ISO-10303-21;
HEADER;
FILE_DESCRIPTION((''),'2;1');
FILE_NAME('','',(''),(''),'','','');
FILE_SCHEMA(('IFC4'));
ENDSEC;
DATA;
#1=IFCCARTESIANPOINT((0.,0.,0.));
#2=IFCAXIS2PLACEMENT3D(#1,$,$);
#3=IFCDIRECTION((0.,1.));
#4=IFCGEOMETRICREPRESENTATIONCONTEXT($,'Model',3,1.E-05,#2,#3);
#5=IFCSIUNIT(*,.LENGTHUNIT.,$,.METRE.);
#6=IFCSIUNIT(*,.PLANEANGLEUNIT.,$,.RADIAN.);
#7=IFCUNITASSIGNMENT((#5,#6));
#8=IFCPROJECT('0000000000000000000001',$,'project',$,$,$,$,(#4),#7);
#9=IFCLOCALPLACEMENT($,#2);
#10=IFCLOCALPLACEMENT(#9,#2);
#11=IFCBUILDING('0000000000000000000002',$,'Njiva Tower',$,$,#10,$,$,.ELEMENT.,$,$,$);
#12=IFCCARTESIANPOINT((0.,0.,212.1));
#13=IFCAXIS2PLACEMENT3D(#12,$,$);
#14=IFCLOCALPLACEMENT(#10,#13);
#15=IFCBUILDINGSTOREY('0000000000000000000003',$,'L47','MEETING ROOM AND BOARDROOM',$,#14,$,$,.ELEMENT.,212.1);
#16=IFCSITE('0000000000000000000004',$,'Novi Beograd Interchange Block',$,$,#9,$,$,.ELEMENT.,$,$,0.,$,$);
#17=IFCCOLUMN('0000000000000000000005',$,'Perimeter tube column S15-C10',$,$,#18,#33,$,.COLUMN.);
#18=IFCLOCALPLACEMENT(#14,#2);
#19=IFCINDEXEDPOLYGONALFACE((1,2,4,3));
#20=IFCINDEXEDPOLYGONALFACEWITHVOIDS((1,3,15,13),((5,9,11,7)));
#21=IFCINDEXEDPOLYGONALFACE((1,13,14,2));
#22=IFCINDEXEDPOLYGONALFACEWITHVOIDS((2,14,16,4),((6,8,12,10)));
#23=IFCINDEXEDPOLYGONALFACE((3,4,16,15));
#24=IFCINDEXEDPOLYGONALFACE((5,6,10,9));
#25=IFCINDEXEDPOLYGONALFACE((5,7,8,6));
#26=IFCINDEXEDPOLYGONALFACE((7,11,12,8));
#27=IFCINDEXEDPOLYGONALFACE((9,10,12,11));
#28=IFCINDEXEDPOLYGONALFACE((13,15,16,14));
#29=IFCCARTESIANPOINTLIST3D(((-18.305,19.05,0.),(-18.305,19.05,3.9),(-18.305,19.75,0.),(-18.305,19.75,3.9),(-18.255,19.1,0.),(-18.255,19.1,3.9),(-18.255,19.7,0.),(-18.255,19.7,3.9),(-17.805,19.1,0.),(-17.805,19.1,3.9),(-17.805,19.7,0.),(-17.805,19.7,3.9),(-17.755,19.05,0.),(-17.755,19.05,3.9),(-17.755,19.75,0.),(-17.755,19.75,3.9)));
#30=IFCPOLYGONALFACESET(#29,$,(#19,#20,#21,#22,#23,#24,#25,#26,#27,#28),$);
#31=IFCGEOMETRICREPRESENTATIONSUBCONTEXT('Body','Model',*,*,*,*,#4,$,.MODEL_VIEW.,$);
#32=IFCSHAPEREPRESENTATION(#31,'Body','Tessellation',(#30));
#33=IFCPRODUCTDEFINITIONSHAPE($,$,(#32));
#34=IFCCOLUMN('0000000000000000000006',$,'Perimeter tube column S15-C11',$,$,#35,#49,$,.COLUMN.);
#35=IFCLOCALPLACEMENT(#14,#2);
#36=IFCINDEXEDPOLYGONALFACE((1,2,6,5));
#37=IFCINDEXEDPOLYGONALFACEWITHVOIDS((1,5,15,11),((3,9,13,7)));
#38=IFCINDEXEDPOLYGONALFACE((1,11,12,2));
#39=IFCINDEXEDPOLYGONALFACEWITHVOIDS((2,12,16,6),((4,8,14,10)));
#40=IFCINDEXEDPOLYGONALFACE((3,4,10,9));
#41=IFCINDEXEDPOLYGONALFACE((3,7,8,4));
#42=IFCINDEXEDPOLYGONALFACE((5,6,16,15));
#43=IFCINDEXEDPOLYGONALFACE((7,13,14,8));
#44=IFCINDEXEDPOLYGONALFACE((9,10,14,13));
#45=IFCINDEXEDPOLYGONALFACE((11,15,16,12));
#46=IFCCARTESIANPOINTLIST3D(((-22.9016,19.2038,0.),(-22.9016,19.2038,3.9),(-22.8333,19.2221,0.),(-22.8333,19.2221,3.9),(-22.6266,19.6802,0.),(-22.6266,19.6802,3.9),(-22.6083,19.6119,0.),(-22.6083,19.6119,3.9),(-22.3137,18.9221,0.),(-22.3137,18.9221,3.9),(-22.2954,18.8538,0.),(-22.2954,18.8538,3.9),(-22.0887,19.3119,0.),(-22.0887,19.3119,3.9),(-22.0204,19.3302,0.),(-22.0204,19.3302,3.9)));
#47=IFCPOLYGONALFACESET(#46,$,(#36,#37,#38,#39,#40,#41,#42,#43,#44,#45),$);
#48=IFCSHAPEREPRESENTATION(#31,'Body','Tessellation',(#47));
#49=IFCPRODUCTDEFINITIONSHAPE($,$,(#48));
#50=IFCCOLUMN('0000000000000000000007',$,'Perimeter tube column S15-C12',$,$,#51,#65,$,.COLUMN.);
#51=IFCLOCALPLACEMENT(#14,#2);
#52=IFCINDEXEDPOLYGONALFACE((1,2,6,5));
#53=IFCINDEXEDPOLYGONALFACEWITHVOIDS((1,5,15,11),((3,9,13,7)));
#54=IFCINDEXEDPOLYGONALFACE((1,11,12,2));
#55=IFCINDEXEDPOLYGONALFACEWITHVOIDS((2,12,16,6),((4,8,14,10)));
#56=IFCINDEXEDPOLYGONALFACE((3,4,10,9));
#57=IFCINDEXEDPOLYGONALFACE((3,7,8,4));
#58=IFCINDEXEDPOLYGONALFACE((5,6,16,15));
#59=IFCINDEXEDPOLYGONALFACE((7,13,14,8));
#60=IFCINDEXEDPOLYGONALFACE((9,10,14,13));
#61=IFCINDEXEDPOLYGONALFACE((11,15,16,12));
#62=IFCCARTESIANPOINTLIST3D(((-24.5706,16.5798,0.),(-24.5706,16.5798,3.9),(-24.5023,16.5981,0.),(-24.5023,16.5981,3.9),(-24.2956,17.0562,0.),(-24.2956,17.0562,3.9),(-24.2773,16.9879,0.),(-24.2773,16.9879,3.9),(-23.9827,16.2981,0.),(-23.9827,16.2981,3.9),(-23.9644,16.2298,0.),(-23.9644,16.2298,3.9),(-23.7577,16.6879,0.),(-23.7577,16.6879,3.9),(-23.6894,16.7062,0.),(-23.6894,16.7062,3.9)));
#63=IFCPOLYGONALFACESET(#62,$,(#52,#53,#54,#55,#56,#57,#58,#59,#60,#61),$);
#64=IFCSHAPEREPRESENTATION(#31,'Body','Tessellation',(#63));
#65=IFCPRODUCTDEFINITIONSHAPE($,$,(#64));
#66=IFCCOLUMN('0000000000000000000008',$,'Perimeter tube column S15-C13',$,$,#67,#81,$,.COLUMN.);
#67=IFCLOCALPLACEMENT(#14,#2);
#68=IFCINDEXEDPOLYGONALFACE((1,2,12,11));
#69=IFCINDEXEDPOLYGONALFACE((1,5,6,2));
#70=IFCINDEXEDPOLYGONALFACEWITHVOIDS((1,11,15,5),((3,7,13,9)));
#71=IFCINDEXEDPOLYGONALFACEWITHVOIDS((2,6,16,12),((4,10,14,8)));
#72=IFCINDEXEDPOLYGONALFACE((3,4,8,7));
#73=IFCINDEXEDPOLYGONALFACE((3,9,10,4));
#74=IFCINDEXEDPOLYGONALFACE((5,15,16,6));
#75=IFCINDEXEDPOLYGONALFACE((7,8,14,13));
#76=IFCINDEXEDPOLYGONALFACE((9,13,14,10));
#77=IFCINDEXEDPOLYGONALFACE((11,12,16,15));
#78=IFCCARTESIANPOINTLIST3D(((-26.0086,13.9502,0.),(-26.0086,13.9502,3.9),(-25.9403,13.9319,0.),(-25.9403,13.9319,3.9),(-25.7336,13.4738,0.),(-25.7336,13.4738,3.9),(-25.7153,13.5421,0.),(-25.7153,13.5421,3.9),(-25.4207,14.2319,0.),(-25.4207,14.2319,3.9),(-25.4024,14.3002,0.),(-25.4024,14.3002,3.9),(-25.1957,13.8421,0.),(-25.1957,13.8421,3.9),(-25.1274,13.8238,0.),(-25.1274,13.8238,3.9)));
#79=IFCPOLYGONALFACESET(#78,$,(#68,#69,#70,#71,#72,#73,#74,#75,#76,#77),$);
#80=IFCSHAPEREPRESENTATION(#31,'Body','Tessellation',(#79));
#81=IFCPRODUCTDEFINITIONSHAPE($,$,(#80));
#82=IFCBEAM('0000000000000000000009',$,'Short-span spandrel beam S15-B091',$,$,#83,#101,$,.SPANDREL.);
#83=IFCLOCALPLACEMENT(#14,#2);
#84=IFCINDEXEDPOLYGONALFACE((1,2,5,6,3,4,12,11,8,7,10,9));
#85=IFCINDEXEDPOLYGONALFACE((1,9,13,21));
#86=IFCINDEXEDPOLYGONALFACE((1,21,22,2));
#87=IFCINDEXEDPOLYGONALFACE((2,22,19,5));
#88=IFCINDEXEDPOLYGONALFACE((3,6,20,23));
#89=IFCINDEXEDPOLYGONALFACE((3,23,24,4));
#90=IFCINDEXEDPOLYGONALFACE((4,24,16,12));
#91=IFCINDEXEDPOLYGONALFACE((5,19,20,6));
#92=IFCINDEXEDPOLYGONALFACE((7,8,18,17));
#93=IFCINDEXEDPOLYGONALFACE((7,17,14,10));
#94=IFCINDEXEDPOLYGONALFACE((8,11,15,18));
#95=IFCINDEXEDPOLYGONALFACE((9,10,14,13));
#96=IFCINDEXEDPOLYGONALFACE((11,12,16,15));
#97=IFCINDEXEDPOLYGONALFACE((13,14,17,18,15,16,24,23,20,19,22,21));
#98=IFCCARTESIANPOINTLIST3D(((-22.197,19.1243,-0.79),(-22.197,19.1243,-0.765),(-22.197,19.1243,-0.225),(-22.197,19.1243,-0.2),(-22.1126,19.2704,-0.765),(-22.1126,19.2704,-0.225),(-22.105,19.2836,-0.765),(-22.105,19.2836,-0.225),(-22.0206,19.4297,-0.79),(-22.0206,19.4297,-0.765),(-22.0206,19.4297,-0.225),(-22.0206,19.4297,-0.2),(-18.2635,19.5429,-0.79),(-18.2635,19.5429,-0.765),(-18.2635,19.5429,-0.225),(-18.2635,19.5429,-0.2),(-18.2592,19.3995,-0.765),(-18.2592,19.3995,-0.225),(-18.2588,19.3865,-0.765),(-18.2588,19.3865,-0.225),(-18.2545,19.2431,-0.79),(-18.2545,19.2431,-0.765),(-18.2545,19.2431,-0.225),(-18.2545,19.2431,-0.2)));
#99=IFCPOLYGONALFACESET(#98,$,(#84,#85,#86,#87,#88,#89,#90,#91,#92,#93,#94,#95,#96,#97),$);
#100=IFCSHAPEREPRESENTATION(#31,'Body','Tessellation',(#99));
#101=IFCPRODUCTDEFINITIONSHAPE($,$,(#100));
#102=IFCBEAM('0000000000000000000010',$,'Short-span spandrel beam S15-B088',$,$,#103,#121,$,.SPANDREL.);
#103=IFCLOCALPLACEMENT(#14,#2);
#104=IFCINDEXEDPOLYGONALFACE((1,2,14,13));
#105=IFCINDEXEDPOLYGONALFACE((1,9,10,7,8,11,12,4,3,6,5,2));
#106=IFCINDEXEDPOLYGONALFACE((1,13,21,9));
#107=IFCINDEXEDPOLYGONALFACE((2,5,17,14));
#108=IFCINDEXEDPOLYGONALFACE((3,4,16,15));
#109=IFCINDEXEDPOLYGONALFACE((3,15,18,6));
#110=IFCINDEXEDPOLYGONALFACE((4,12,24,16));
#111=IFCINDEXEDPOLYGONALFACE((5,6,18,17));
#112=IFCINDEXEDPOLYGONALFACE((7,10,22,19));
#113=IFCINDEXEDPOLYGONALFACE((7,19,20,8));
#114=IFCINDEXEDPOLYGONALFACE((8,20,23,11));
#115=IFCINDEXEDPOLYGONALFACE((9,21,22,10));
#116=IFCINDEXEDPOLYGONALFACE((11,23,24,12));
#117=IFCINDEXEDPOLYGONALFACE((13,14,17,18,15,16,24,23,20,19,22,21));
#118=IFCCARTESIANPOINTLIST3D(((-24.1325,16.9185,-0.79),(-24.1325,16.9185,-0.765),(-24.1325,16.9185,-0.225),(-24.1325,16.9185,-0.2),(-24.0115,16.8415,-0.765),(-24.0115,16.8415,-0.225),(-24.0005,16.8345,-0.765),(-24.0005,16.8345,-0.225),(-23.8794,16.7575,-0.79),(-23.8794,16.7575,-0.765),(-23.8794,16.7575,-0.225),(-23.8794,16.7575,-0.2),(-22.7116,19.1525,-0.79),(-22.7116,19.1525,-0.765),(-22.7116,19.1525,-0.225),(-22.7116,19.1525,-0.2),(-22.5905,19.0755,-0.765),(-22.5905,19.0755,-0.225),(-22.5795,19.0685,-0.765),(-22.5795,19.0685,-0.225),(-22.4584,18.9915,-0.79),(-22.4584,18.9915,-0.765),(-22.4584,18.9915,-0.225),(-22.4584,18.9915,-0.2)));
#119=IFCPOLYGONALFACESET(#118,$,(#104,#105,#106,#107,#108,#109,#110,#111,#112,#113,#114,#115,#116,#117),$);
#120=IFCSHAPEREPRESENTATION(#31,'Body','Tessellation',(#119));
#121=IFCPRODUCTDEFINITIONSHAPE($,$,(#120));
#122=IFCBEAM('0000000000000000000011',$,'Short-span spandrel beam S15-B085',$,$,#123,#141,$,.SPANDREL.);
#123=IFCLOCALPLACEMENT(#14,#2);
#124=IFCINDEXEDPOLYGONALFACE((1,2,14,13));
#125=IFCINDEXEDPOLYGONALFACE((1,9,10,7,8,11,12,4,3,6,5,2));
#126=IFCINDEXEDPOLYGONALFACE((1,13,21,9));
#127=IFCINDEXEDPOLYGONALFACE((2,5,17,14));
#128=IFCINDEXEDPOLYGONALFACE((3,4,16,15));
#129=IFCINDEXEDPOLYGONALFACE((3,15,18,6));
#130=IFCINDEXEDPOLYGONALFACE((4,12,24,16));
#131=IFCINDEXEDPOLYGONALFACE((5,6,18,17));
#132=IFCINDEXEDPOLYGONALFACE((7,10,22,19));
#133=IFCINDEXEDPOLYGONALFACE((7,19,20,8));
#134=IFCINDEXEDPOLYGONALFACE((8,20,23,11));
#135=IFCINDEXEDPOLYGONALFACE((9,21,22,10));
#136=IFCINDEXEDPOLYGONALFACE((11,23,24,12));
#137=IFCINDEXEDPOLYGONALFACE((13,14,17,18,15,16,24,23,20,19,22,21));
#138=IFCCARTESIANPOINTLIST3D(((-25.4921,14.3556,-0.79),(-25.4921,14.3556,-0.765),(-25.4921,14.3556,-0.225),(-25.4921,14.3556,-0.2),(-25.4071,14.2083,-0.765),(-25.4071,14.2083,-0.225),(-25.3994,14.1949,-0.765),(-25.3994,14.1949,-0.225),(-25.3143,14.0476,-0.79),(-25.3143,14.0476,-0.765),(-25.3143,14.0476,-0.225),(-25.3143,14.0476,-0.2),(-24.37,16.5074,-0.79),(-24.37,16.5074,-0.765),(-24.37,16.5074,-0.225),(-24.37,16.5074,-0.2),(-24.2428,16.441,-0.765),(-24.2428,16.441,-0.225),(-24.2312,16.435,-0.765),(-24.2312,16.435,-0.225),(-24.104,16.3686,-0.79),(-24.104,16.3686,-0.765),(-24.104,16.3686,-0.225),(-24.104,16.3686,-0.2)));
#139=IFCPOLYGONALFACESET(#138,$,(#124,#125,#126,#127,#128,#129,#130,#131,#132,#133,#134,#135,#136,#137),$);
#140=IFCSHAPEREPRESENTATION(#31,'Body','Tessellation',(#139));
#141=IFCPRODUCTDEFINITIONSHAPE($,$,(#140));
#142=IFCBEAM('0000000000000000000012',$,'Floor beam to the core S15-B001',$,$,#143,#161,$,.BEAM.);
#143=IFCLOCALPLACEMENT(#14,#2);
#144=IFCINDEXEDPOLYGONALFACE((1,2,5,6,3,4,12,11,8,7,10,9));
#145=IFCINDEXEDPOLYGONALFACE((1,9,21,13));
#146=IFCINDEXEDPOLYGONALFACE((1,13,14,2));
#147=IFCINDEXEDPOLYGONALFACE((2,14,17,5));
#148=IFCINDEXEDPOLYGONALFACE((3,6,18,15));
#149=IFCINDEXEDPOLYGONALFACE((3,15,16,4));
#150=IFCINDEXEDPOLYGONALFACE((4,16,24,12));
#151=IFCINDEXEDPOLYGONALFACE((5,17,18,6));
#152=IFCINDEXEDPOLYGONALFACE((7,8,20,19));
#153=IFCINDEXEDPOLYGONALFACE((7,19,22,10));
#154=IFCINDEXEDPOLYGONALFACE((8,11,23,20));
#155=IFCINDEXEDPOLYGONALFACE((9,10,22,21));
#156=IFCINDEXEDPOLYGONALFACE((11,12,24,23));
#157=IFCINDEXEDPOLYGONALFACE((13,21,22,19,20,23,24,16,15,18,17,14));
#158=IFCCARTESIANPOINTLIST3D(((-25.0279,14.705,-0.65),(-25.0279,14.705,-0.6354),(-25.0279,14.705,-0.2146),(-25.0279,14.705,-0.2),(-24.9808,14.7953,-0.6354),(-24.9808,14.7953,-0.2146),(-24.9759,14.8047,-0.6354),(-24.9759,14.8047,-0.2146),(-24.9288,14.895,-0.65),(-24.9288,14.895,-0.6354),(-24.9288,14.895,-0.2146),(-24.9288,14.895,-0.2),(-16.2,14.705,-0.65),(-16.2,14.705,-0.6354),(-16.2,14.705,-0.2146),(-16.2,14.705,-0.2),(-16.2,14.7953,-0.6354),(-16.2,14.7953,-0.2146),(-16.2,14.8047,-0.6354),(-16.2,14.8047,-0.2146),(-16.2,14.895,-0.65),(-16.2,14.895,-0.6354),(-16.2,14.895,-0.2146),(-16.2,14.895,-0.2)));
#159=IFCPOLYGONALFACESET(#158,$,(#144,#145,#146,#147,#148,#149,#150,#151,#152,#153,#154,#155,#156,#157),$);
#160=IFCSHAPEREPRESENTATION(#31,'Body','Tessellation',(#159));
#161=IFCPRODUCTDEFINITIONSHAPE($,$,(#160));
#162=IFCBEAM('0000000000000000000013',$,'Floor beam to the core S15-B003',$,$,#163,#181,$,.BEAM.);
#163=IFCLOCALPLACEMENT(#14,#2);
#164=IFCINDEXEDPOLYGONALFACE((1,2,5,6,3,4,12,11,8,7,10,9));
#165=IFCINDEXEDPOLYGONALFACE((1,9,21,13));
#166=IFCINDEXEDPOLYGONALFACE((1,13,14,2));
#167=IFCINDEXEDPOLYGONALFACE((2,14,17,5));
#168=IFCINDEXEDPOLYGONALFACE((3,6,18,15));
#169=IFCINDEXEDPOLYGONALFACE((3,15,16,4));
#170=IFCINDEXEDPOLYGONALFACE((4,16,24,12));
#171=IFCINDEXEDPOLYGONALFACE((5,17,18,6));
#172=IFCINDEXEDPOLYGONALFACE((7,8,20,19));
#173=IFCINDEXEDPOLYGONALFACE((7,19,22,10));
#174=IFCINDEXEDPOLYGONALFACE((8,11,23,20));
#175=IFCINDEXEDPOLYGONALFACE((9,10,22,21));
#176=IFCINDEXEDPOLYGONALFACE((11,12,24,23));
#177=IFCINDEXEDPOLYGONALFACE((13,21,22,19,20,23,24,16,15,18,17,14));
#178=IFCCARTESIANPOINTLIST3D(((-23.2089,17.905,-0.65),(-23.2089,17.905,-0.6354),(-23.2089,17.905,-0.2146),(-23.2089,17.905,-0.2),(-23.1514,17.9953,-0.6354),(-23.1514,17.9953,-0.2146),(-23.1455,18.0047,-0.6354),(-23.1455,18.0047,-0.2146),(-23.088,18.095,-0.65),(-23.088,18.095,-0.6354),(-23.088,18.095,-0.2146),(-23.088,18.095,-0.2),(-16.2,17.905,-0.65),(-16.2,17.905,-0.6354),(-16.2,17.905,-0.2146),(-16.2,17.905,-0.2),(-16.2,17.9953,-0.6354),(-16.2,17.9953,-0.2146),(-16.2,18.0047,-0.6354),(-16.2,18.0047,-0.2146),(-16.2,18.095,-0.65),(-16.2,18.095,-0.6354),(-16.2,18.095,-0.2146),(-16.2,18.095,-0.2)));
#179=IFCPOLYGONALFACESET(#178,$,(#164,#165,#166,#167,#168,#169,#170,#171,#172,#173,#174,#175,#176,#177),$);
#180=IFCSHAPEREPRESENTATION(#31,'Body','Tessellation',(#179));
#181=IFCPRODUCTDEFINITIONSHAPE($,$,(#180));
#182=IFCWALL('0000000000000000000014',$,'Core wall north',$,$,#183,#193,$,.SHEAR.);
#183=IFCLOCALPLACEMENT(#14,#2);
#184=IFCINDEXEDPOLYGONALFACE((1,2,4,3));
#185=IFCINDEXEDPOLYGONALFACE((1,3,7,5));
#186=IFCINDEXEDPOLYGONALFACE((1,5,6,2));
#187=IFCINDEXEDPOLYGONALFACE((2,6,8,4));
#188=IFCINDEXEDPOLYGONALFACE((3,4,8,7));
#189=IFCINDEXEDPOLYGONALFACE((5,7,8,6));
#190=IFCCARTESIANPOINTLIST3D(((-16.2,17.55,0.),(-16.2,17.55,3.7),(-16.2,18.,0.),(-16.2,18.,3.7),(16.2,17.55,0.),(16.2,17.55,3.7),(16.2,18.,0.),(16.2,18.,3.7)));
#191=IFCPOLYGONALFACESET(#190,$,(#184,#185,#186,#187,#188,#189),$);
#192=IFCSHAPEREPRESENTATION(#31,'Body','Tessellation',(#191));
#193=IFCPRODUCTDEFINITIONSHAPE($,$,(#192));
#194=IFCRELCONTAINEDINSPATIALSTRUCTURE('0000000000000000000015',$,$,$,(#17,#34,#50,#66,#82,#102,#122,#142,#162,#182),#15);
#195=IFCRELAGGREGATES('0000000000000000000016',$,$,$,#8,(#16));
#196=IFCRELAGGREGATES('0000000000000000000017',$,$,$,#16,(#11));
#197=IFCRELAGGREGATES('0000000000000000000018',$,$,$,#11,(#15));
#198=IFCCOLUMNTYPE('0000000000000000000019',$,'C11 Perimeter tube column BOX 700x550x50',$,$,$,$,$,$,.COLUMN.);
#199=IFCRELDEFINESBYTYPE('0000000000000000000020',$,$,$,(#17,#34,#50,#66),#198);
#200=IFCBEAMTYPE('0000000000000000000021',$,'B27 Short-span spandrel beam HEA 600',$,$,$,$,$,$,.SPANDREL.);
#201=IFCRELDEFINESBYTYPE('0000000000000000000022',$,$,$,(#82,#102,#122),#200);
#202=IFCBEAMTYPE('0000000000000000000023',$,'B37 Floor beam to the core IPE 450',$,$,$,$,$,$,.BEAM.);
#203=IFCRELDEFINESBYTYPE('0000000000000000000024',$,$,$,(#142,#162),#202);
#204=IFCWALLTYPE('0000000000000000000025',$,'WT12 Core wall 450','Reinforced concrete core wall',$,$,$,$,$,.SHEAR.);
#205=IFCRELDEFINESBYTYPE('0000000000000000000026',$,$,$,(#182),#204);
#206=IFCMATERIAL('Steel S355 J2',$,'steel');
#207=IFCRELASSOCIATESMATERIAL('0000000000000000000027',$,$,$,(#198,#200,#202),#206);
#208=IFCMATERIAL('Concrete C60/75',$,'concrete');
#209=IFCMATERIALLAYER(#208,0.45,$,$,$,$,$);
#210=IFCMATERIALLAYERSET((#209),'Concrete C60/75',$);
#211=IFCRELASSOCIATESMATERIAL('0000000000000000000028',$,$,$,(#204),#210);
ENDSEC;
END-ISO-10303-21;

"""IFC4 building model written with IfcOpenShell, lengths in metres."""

from ifc_helpers import new_model, si_unit, direction, frame, frame_2d, origin, origin_2d, place, context, subcontext, project, spatial, rectangle, hollow_rectangle, i_section, extrude, clip, halfspace, material, layer, layer_set, material_profile, profile_set, type_object, element, save


model = new_model("IFC4")

# Units and contexts
model_context = context("Model", 3, precision=1e-05, world=origin(), true_north=direction((0.0, 1.0)))
body_context = subcontext(model_context, "Body", "Model", "MODEL_VIEW")
ifc_project = project(units=[si_unit("LENGTHUNIT", "METRE"), si_unit("PLANEANGLEUNIT", "RADIAN")], contexts=[model_context])

# Site, building, storey
site_placement = place(None, origin())
site = spatial("IfcSite", under=ifc_project, at=site_placement, Name="Novi Beograd Interchange Block", CompositionType="ELEMENT", RefElevation=0.0)
building_placement = place(site_placement, origin())
building = spatial("IfcBuilding", under=site, at=building_placement, Name="Njiva Tower", CompositionType="ELEMENT")
storey_placement = place(building_placement, frame((0.0, 0.0, 212.1)))
storey = spatial("IfcBuildingStorey", under=building, at=storey_placement, Name="L47", Description="MEETING ROOM AND BOARDROOM", CompositionType="ELEMENT", Elevation=212.1)

# Columns
ifc_material_1 = material(Name="Steel S355 J2", Category="steel")
ifc_material_profile_1 = material_profile(ifc_material_1, hollow_rectangle(XDim=0.55, YDim=0.7, WallThickness=0.05, at=origin_2d()), Name="BOX 700x550x50")
ifc_profile_set_1 = profile_set([ifc_material_profile_1], Name="Steel S355 J2")
column_type = type_object("IfcColumnType", Name="C11 Perimeter tube column BOX 700x550x50", PredefinedType="COLUMN", material=ifc_profile_set_1)
for number, where, z_axis, x_axis, name in (
    (1, (-18.03, 19.4, 0.0), (0.0, 0.0, 1.0), (-1.0, 0.0, 0.0), "Perimeter tube column S15-C10"),
    (2, (-22.461, 19.267, 0.0), (0.0, 0.0, 1.0), (-0.5, -0.866025, 0.0), "Perimeter tube column S15-C11"),
    (3, (-24.13, 16.643, 0.0), (0.0, 0.0, 1.0), (-0.5, -0.866025, 0.0), "Perimeter tube column S15-C12"),
    (4, (-25.568, 13.887, 0.0), (0.0, 0.0, 1.0), (0.5, -0.866025, 0.0), "Perimeter tube column S15-C13"),
):
    element("IfcColumn", number, at=place(storey_placement, frame(where, z_axis=z_axis, x_axis=x_axis)), inside=storey, type_object=column_type, Name=name, PredefinedType="COLUMN", context=body_context, shape_type="SweptSolid", body=[
        extrude(hollow_rectangle(XDim=0.55, YDim=0.7, WallThickness=0.05, at=origin_2d()), origin(), (0.0, 0.0, 1.0), 3.9),
    ])

# Beams
ifc_material_profile_2 = material_profile(ifc_material_1, i_section(OverallWidth=0.3, OverallDepth=0.59, WebThickness=0.013, FlangeThickness=0.025, at=origin_2d()), Name="HEA 600")
ifc_profile_set_2 = profile_set([ifc_material_profile_2], Name="Steel S355 J2")
beam_type_1 = type_object("IfcBeamType", Name="B27 Short-span spandrel beam HEA 600", PredefinedType="SPANDREL", material=ifc_profile_set_2)
beam_1_placement = place(storey_placement, frame((-18.259, 19.393, -0.495), z_axis=(-0.999546, -0.030116, 0.0), x_axis=(0.030116, -0.999546, 0.0)))
element("IfcBeam", 5, at=beam_1_placement, inside=storey, type_object=beam_type_1, Name="Short-span spandrel beam S15-B091", PredefinedType="SPANDREL", context=body_context, shape_type="Clipping", body=[
    clip(extrude(i_section(OverallWidth=0.3, OverallDepth=0.59, WebThickness=0.013, FlangeThickness=0.025, at=origin_2d()), origin(), (0.0, 0.0, 1.0), 3.9647), halfspace(frame((-0.0268, 0.0, 3.835), z_axis=(-0.525853, 0.0, 0.850576), x_axis=(0.0, 1.0, 0.0)), False)),
])
beam_2_placement = place(storey_placement, frame((-22.585, 19.072, -0.495), z_axis=(-0.536704, -0.84377, 0.0), x_axis=(0.84377, -0.536704, 0.0)))
element("IfcBeam", 6, at=beam_2_placement, inside=storey, type_object=beam_type_1, Name="Short-span spandrel beam S15-B088", PredefinedType="SPANDREL", context=body_context, shape_type="SweptSolid", body=[
    extrude(i_section(OverallWidth=0.3, OverallDepth=0.59, WebThickness=0.013, FlangeThickness=0.025, at=origin_2d()), origin(), (0.0, 0.0, 1.0), 2.6476),
])
beam_3_placement = place(storey_placement, frame((-24.237, 16.438, -0.495), z_axis=(-0.462376, -0.886684, 0.0), x_axis=(0.886684, -0.462376, 0.0)))
element("IfcBeam", 7, at=beam_3_placement, inside=storey, type_object=beam_type_1, Name="Short-span spandrel beam S15-B085", PredefinedType="SPANDREL", context=body_context, shape_type="Clipping", body=[
    clip(extrude(i_section(OverallWidth=0.3, OverallDepth=0.59, WebThickness=0.013, FlangeThickness=0.025, at=origin_2d()), origin(), (0.0, 0.0, 1.0), 2.6368), halfspace(frame((-0.0269, 0.0, 2.5051), z_axis=(-0.536705, 0.0, 0.84377), x_axis=(0.0, 1.0, 0.0)), False)),
])
ifc_material_profile_3 = material_profile(ifc_material_1, i_section(OverallWidth=0.19, OverallDepth=0.45, WebThickness=0.0094, FlangeThickness=0.0146, at=origin_2d()), Name="IPE 450")
ifc_profile_set_3 = profile_set([ifc_material_profile_3], Name="Steel S355 J2")
beam_type_2 = type_object("IfcBeamType", Name="B37 Floor beam to the core IPE 450", PredefinedType="BEAM", material=ifc_profile_set_3)
beam_4_placement = place(storey_placement, frame((-25.048, 14.8, -0.425), z_axis=(1.0, 0.0, 0.0), x_axis=(0.0, 1.0, 0.0)))
element("IfcBeam", 8, at=beam_4_placement, inside=storey, type_object=beam_type_2, Name="Floor beam to the core S15-B001", PredefinedType="BEAM", context=body_context, shape_type="Clipping", body=[
    clip(extrude(i_section(OverallWidth=0.19, OverallDepth=0.45, WebThickness=0.0094, FlangeThickness=0.0146, at=origin_2d()), origin(), (0.0, 0.0, 1.0), 8.848), halfspace(frame((0.0231, 0.0, 0.0817), z_axis=(0.46246, 0.0, -0.88664), x_axis=(0.0, -1.0, 0.0)), False)),
])
beam_5_placement = place(storey_placement, frame((-23.228, 18.0, -0.425), z_axis=(1.0, 0.0, 0.0), x_axis=(0.0, 1.0, 0.0)))
element("IfcBeam", 9, at=beam_5_placement, inside=storey, type_object=beam_type_2, Name="Floor beam to the core S15-B003", PredefinedType="BEAM", context=body_context, shape_type="Clipping", body=[
    clip(extrude(i_section(OverallWidth=0.19, OverallDepth=0.45, WebThickness=0.0094, FlangeThickness=0.0146, at=origin_2d()), origin(), (0.0, 0.0, 1.0), 7.028), halfspace(frame((0.0268, 0.0, 0.0966), z_axis=(0.536617, 0.0, -0.843826), x_axis=(0.0, -1.0, 0.0)), False)),
])

# Wall
ifc_material_2 = material(Name="Concrete C60/75", Category="concrete")
ifc_layer_1 = layer(ifc_material_2, 0.45)
ifc_layer_set_1 = layer_set([ifc_layer_1], Name="Concrete C60/75")
wall_type_1 = type_object("IfcWallType", Name="WT12 Core wall 450", Description="Reinforced concrete core wall", PredefinedType="SHEAR", material=ifc_layer_set_1)
wall_1_placement = place(storey_placement, frame((-16.2, 17.775, 0.0), z_axis=(0.0, 0.0, 1.0), x_axis=(1.0, 0.0, 0.0)))
element("IfcWall", 10, at=wall_1_placement, inside=storey, type_object=wall_type_1, Name="Core wall north", PredefinedType="SHEAR", context=body_context, shape_type="SweptSolid", body=[
    extrude(rectangle(XDim=32.4, YDim=0.45, at=frame_2d((16.2, 0.0))), origin(), (0.0, 0.0, 1.0), 3.7),
])

save(model, "model.ifc")
